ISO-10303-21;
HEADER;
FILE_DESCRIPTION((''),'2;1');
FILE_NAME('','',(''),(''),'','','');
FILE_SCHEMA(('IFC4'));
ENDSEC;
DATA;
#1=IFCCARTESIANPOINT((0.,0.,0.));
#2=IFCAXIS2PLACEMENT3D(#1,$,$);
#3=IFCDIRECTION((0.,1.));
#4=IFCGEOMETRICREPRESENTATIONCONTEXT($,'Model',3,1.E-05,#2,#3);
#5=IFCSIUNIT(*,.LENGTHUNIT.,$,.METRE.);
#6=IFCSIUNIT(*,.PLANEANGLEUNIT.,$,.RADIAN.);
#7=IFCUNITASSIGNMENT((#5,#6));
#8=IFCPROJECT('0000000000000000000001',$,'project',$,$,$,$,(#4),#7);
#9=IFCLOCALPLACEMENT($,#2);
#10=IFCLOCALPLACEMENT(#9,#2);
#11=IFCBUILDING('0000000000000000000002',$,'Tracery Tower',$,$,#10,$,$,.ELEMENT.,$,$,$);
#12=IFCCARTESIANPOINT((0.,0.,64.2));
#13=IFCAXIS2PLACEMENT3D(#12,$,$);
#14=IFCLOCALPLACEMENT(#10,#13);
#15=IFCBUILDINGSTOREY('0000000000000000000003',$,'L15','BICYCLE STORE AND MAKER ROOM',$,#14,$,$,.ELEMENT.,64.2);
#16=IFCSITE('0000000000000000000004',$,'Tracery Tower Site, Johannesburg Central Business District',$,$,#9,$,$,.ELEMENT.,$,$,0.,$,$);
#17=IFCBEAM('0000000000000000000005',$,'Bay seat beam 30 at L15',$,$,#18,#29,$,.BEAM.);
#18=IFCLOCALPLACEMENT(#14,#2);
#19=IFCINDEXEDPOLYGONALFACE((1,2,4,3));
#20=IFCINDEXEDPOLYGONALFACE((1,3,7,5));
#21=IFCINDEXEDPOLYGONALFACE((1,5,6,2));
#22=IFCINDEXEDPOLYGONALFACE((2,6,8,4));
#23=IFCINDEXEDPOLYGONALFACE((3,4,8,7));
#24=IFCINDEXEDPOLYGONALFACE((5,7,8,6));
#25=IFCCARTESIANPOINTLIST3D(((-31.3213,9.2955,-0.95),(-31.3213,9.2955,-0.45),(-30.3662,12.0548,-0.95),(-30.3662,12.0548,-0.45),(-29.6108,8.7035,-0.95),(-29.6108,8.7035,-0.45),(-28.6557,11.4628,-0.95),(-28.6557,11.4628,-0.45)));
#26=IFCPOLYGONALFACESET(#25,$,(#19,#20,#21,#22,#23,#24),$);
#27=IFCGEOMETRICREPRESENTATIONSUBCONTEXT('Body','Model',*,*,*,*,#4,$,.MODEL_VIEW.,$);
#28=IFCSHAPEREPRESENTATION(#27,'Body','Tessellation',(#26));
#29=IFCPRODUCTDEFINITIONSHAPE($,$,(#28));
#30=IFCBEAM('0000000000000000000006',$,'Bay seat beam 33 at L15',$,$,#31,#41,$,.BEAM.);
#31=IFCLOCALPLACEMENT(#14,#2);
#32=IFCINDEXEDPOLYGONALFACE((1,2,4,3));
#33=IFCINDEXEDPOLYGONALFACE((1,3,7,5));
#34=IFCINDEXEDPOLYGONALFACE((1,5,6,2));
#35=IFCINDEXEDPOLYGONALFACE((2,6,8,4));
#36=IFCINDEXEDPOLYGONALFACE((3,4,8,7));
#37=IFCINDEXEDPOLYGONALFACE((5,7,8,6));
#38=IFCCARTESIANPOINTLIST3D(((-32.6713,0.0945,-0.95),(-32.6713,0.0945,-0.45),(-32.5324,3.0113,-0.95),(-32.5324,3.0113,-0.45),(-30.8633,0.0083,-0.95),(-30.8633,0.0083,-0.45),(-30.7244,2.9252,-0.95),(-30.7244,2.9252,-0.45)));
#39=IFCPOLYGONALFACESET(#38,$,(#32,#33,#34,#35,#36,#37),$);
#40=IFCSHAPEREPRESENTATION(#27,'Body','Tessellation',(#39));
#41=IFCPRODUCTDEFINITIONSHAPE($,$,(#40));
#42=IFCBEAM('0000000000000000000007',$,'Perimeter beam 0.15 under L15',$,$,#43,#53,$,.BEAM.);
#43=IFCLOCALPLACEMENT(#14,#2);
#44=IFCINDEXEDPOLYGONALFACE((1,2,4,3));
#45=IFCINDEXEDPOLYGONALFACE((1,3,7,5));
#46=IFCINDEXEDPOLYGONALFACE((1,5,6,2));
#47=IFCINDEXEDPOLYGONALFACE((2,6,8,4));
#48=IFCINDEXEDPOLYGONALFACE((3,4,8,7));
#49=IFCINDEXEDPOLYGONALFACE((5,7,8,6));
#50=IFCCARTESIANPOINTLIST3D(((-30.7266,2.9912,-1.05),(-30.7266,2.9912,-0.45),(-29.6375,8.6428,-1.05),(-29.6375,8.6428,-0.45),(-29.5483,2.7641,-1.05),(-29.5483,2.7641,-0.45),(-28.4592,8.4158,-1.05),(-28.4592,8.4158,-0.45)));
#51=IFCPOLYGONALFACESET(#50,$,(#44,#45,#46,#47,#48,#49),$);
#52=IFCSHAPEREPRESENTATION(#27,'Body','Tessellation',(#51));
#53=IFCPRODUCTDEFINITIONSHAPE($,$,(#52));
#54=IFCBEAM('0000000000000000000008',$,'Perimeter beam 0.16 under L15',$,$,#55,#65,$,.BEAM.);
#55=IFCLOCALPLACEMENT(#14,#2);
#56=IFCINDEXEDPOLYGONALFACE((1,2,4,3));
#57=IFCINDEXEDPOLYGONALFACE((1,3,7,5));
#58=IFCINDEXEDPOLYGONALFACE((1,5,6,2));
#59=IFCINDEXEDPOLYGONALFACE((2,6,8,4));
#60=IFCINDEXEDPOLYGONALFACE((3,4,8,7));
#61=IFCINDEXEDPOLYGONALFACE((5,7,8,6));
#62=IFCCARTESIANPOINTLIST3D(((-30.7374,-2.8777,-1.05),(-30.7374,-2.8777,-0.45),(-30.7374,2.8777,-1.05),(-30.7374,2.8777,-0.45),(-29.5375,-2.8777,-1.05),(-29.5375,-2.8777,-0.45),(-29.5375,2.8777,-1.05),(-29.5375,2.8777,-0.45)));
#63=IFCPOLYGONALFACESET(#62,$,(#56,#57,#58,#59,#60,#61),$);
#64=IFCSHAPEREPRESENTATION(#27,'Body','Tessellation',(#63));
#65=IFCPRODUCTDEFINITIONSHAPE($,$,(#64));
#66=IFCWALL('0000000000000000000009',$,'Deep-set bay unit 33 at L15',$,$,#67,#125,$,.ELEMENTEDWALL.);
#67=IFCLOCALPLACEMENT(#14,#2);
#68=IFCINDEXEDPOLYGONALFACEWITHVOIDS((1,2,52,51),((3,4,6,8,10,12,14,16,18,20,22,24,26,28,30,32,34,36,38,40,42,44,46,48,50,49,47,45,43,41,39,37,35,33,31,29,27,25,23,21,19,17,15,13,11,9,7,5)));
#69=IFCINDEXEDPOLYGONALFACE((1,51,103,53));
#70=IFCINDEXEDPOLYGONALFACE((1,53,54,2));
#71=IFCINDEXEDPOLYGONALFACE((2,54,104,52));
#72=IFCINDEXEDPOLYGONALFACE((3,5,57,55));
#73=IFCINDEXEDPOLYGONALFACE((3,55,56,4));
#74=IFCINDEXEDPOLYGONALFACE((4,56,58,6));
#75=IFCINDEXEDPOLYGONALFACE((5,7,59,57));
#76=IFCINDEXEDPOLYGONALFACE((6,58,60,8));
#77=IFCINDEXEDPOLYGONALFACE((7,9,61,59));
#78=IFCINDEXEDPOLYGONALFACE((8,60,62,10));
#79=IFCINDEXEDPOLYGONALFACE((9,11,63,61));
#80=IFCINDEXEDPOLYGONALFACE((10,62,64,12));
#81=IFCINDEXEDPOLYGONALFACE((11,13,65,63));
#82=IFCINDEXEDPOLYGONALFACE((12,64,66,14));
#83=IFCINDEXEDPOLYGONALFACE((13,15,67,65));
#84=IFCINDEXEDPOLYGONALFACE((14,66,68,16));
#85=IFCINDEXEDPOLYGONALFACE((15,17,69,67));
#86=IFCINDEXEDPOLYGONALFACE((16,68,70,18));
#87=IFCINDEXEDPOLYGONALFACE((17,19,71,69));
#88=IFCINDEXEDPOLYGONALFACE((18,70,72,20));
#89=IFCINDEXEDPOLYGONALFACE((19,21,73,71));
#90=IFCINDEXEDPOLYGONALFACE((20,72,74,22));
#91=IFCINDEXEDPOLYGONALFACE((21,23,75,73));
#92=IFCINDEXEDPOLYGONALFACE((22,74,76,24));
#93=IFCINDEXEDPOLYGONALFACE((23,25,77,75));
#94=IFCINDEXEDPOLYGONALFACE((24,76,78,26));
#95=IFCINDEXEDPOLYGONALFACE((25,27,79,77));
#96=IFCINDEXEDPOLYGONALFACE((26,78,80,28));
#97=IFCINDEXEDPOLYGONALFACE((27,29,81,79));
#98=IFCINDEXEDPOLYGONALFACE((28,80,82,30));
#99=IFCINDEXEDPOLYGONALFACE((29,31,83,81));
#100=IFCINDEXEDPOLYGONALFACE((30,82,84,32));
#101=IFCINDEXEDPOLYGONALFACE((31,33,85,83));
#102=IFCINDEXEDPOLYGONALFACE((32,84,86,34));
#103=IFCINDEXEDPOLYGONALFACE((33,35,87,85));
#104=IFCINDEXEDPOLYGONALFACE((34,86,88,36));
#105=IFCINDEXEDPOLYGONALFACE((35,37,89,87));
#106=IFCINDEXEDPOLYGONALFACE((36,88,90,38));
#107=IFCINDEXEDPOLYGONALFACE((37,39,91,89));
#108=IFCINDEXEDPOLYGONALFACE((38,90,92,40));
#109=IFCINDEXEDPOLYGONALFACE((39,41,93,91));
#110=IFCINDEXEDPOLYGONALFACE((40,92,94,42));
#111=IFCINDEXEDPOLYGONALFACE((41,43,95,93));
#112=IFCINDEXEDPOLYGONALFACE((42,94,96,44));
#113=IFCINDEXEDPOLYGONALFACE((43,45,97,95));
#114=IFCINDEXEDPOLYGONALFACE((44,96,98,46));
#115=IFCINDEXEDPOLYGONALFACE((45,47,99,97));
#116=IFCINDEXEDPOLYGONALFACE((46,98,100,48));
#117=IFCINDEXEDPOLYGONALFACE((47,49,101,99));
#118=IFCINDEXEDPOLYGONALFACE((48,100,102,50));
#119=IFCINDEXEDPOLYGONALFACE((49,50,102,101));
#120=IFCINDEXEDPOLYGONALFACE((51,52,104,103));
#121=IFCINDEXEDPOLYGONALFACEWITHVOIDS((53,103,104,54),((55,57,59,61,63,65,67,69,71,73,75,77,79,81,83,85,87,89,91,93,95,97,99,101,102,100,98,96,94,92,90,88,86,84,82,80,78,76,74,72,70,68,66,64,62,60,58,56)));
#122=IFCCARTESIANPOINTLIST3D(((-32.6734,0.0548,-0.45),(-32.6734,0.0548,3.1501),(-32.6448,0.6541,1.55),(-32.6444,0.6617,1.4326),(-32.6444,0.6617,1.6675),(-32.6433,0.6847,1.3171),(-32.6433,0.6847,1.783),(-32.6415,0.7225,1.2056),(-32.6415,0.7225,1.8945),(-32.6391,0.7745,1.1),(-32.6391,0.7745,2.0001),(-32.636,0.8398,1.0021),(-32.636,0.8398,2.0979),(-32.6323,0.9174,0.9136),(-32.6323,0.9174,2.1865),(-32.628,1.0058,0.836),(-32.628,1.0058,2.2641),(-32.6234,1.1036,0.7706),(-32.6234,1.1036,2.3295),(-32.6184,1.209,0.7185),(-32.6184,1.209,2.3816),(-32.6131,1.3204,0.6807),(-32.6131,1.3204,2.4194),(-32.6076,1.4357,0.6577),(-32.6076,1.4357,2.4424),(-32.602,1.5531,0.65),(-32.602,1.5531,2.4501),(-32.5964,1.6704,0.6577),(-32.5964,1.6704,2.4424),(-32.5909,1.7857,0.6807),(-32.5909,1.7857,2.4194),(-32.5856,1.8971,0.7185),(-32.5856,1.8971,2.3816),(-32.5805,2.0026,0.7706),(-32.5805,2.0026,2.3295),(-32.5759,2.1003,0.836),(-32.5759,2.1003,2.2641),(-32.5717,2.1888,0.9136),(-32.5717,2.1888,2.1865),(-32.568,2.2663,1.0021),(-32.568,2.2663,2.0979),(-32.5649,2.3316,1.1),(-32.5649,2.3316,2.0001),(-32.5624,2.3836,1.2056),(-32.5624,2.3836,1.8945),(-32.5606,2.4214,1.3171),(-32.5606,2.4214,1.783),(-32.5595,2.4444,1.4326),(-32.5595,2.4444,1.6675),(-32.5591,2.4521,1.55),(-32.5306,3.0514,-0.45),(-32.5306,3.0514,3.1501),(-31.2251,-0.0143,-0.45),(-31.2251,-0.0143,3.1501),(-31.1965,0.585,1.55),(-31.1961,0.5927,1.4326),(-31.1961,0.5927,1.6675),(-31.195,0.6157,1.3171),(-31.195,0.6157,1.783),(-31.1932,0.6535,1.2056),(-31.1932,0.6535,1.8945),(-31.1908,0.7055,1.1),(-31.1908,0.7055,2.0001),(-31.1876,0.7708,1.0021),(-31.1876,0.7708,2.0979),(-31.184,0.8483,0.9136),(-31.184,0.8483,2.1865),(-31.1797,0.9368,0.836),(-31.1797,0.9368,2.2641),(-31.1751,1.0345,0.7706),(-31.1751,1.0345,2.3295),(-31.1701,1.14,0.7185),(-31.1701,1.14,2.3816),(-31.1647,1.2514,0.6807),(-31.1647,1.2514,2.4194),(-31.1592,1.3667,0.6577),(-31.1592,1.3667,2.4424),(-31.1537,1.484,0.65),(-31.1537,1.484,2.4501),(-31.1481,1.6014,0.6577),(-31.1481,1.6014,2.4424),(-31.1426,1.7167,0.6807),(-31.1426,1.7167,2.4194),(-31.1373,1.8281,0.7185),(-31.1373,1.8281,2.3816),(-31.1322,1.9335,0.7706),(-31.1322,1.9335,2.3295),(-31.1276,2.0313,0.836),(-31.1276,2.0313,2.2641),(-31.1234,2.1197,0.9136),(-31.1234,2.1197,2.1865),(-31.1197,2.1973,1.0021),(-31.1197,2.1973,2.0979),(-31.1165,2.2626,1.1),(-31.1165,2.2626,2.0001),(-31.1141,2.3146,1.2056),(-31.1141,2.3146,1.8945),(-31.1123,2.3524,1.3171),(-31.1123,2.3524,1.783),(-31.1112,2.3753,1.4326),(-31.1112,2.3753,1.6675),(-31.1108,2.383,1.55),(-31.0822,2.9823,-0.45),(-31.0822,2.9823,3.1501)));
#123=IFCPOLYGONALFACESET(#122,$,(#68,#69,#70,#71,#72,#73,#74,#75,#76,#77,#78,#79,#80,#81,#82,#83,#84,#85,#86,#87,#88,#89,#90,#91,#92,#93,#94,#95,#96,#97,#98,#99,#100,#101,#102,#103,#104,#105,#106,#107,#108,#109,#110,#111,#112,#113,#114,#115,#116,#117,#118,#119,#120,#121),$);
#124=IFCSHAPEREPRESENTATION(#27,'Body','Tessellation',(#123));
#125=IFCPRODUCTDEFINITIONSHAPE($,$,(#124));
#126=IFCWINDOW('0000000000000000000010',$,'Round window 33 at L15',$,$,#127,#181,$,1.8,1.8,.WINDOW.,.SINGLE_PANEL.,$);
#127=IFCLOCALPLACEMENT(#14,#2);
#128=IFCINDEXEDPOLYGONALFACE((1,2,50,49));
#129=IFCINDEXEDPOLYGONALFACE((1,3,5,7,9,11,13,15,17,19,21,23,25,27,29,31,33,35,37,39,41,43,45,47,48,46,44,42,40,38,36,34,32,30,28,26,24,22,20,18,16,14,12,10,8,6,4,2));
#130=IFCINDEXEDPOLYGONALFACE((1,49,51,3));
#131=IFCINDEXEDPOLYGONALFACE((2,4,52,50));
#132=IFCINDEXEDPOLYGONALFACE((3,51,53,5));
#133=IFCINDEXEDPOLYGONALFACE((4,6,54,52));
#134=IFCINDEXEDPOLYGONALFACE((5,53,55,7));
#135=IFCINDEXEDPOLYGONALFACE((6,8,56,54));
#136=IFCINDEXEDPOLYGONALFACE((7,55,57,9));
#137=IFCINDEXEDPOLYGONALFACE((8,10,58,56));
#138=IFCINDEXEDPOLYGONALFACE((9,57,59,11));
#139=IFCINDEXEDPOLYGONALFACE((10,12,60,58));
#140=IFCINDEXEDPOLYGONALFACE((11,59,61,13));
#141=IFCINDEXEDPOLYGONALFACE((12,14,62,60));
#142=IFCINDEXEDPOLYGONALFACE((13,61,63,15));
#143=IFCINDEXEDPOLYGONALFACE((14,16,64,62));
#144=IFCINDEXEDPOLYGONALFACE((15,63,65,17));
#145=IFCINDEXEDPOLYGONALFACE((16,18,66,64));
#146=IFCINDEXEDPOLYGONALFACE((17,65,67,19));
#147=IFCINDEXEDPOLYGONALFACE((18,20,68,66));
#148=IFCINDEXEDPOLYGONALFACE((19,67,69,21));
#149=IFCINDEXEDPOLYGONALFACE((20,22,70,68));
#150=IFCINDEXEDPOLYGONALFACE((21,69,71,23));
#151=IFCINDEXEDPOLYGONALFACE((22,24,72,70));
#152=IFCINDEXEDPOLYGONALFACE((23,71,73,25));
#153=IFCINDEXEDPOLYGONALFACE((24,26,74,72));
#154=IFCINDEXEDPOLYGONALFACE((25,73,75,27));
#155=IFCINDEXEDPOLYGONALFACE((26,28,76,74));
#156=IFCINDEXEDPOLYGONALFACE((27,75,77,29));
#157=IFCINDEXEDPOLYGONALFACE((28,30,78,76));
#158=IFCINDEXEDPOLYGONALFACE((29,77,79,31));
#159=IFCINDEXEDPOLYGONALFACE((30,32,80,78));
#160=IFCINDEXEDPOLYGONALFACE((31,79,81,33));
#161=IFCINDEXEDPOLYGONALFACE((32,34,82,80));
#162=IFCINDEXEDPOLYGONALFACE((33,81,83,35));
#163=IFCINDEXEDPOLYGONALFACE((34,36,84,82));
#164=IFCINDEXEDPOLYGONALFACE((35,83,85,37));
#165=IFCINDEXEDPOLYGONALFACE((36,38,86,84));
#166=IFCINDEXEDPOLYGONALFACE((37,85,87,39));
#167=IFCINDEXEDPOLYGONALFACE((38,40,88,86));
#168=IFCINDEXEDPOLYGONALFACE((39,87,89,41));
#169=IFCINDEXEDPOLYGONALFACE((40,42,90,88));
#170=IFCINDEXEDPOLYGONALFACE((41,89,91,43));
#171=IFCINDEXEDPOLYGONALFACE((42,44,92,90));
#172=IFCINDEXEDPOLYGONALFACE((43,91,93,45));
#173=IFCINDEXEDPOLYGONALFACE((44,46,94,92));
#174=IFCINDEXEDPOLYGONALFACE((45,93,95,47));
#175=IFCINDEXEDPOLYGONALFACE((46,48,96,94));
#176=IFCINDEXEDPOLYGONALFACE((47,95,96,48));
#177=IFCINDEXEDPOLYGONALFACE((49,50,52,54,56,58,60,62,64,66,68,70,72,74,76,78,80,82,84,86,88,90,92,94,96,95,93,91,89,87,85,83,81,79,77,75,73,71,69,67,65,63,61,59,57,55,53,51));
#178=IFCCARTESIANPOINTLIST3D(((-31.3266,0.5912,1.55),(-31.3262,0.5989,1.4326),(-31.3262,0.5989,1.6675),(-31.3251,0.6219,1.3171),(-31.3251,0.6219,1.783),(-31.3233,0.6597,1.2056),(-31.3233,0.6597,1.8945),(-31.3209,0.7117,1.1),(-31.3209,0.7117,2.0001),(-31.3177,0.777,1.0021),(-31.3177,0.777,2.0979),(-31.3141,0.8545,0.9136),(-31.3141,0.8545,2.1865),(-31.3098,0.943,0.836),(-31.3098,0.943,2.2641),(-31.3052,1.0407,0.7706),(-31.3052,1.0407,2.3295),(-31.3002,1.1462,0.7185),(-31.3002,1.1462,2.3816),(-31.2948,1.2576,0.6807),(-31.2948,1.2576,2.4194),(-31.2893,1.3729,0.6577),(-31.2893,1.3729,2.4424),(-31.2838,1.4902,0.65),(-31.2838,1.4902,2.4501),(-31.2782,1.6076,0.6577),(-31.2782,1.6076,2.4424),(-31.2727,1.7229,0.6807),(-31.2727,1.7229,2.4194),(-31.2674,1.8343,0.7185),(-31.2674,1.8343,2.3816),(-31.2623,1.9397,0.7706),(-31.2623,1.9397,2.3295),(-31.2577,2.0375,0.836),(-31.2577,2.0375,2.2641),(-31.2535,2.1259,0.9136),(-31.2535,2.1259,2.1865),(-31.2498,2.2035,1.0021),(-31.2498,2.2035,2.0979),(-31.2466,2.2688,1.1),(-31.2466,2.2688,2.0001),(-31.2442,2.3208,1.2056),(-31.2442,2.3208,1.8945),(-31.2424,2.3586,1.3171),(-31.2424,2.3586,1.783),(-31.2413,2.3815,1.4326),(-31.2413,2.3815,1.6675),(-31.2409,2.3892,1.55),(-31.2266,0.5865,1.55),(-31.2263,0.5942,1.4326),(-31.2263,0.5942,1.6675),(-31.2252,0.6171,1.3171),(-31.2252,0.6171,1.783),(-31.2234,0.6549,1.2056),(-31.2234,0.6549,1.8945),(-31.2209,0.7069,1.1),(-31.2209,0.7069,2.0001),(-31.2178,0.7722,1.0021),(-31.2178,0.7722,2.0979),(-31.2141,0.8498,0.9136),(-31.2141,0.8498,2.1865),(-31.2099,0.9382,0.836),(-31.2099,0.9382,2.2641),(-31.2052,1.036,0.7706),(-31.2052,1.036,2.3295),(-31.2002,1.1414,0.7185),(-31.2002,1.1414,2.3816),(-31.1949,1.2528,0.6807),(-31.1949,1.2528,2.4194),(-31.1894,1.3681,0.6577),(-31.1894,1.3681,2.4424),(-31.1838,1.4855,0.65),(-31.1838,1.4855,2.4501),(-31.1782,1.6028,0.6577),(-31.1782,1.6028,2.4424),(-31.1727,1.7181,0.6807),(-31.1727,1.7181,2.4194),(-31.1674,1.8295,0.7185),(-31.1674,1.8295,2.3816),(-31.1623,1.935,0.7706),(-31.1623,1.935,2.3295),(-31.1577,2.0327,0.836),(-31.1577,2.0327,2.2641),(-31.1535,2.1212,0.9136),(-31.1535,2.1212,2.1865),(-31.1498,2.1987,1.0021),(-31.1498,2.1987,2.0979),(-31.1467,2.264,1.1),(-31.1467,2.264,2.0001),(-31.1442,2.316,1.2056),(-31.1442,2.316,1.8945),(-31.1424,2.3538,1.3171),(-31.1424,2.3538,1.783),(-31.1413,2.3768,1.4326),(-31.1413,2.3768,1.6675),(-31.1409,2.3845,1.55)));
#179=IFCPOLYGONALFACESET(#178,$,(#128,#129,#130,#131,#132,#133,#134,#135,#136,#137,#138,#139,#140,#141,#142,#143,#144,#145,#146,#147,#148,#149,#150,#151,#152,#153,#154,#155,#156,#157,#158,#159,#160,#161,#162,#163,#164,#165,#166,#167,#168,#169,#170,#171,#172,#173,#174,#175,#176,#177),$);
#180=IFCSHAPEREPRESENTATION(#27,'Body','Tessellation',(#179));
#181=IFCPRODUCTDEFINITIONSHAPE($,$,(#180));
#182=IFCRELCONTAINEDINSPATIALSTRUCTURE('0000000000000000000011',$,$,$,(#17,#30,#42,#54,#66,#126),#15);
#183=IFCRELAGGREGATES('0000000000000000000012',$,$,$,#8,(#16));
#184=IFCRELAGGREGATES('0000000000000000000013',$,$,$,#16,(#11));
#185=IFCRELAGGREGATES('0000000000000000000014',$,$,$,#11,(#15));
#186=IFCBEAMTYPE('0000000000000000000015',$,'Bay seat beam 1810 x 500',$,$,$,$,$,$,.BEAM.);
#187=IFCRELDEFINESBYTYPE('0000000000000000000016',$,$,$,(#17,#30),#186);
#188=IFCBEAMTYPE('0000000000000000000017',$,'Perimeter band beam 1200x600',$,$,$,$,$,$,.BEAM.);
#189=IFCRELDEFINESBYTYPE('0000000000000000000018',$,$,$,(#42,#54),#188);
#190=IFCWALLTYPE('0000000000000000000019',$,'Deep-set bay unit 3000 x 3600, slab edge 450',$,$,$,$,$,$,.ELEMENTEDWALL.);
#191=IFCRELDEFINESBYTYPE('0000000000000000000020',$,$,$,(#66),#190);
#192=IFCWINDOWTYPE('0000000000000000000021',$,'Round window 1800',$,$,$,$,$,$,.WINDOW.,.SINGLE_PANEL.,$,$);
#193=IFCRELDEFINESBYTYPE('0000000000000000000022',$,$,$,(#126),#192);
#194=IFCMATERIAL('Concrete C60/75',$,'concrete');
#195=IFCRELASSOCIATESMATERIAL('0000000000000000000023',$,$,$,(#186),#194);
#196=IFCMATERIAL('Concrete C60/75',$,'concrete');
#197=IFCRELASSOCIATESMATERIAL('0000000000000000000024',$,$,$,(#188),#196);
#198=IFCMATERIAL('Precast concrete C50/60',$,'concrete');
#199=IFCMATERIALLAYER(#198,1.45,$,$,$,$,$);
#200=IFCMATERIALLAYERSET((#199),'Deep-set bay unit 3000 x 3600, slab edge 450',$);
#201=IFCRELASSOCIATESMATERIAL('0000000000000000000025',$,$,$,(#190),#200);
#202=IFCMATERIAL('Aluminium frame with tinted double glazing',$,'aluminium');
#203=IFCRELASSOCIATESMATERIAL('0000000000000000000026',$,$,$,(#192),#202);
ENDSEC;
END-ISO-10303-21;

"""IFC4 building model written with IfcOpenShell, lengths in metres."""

from ifc_helpers import new_model, si_unit, direction, frame, frame_2d, origin, origin_2d, place, context, subcontext, project, spatial, rectangle, circle, extrude, material, layer, layer_set, material_profile, profile_set, type_object, element, fill, save


model = new_model("IFC4")

# Units and contexts
model_context = context("Model", 3, precision=1e-05, world=origin(), true_north=direction((0.0, 1.0)))
body_context = subcontext(model_context, "Body", "Model", "MODEL_VIEW")
ifc_project = project(units=[si_unit("LENGTHUNIT", "METRE"), si_unit("PLANEANGLEUNIT", "RADIAN")], contexts=[model_context])

# Site, building, storey
site_placement = place(None, origin())
site = spatial("IfcSite", under=ifc_project, at=site_placement, Name="Tracery Tower Site, Johannesburg Central Business District", CompositionType="ELEMENT", RefElevation=0.0)
building_placement = place(site_placement, origin())
building = spatial("IfcBuilding", under=site, at=building_placement, Name="Tracery Tower", CompositionType="ELEMENT")
storey_placement = place(building_placement, frame((0.0, 0.0, 64.2)))
storey = spatial("IfcBuildingStorey", under=building, at=storey_placement, Name="L15", Description="BICYCLE STORE AND MAKER ROOM", CompositionType="ELEMENT", Elevation=64.2)

# Beams
ifc_material_1 = material(Name="Concrete C60/75", Category="concrete")
ifc_material_profile_1 = material_profile(ifc_material_1, rectangle(XDim=1.8101, YDim=0.5, at=origin_2d()), Name="RC 1810x500")
ifc_profile_set_1 = profile_set([ifc_material_profile_1], Name="Concrete C60/75")
beam_type_1 = type_object("IfcBeamType", Name="Bay seat beam 1810 x 500", PredefinedType="BEAM", material=ifc_profile_set_1)
beam_1_placement = place(storey_placement, frame((-29.511, 11.7588, -0.7), z_axis=(-0.327093, -0.944992, 0.0), x_axis=(0.944992, -0.327093, 0.0)))
element("IfcBeam", 1, at=beam_1_placement, inside=storey, type_object=beam_type_1, Name="Bay seat beam 30 at L15", PredefinedType="BEAM", context=body_context, shape_type="SweptSolid", body=[
    extrude(rectangle(XDim=1.8101, YDim=0.5, at=origin_2d()), origin(), (0.0, 0.0, 1.0), 2.9199),
])
beam_2_placement = place(storey_placement, frame((-31.6284, 2.9683, -0.7), z_axis=(-0.047573, -0.998868, 0.0), x_axis=(0.998868, -0.047573, 0.0)))
element("IfcBeam", 2, at=beam_2_placement, inside=storey, type_object=beam_type_1, Name="Bay seat beam 33 at L15", PredefinedType="BEAM", context=body_context, shape_type="SweptSolid", body=[
    extrude(rectangle(XDim=1.8101, YDim=0.5, at=origin_2d()), origin(), (0.0, 0.0, 1.0), 2.9202),
])
ifc_material_2 = material(Name="Concrete C60/75", Category="concrete")
ifc_material_profile_2 = material_profile(ifc_material_2, rectangle(XDim=1.2, YDim=0.6001, at=origin_2d()), Name="RC 1200x600")
ifc_profile_set_2 = profile_set([ifc_material_profile_2], Name="Concrete C60/75")
beam_type_2 = type_object("IfcBeamType", Name="Perimeter band beam 1200x600", PredefinedType="BEAM", material=ifc_profile_set_2)
beam_3_placement = place(storey_placement, frame((-29.0483, 8.5293, -0.75), z_axis=(-0.189227, -0.981933, 0.0), x_axis=(0.981933, -0.189227, 0.0)))
element("IfcBeam", 3, at=beam_3_placement, inside=storey, type_object=beam_type_2, Name="Perimeter beam 0.15 under L15", PredefinedType="BEAM", context=body_context, shape_type="SweptSolid", body=[
    extrude(rectangle(XDim=1.2, YDim=0.6001, at=origin_2d()), origin(), (0.0, 0.0, 1.0), 5.7556),
])
beam_4_placement = place(storey_placement, frame((-30.1375, 2.8777, -0.75), z_axis=(0.0, -1.0, 0.0), x_axis=(1.0, 0.0, 0.0)))
element("IfcBeam", 4, at=beam_4_placement, inside=storey, type_object=beam_type_2, Name="Perimeter beam 0.16 under L15", PredefinedType="BEAM", context=body_context, shape_type="SweptSolid", body=[
    extrude(rectangle(XDim=1.2, YDim=0.6001, at=origin_2d()), origin(), (0.0, 0.0, 1.0), 5.7554),
])

# Wall, opening, window
ifc_material_3 = material(Name="Precast concrete C50/60", Category="concrete")
ifc_layer_1 = layer(ifc_material_3, 1.45)
ifc_layer_set_1 = layer_set([ifc_layer_1], Name="Deep-set bay unit 3000 x 3600, slab edge 450")
wall_type_1 = type_object("IfcWallType", Name="Deep-set bay unit 3000 x 3600, slab edge 450", PredefinedType="ELEMENTEDWALL", material=ifc_layer_set_1)
wall_1_placement = place(storey_placement, frame((-31.8064, 3.0168, -0.45), z_axis=(0.0, 0.0, 1.0), x_axis=(-0.047608, -0.998866, 0.0)))
wall_1 = element("IfcWall", 5, at=wall_1_placement, inside=storey, type_object=wall_type_1, Name="Deep-set bay unit 33 at L15", PredefinedType="ELEMENTEDWALL", context=body_context, shape_type="SweptSolid", body=[
    extrude(rectangle(XDim=3.0, YDim=1.45, at=frame_2d((1.5, 0.0))), origin(), (0.0, 0.0, 1.0), 3.6001),
])
opening_1_placement = place(wall_1_placement, frame((1.5, 0.0, 2.0)))
opening_1 = element("IfcOpeningElement", 6, at=opening_1_placement, cuts=wall_1, PredefinedType="OPENING", context=body_context, shape_type="SweptSolid", body=[
    extrude(circle(Radius=0.9, at=origin_2d()), frame((0.0, 0.7349, 0.0), z_axis=(0.0, -1.0, 0.0), x_axis=(1.0, 0.0, 0.0)), (0.0, 0.0, 1.0), 1.47),
])
ifc_material_4 = material(Name="Aluminium frame with tinted double glazing", Category="aluminium")
window_type = type_object("IfcWindowType", Name="Round window 1800", PartitioningType="SINGLE_PANEL", PredefinedType="WINDOW", material=ifc_material_4)
window_1_placement = place(opening_1_placement, origin())
window_1 = element("IfcWindow", 7, at=window_1_placement, inside=storey, type_object=window_type, Name="Round window 33 at L15", OverallHeight=1.8, OverallWidth=1.8, PartitioningType="SINGLE_PANEL", PredefinedType="WINDOW", context=body_context, shape_type="SweptSolid", body=[
    extrude(circle(Radius=0.9, at=origin_2d()), frame((0.0, 0.6948, 0.0), z_axis=(0.0, -1.0, 0.0), x_axis=(1.0, 0.0, 0.0)), (0.0, 0.0, 1.0), 0.1001),
])
fill(opening_1, window_1)

save(model, "model.ifc")
